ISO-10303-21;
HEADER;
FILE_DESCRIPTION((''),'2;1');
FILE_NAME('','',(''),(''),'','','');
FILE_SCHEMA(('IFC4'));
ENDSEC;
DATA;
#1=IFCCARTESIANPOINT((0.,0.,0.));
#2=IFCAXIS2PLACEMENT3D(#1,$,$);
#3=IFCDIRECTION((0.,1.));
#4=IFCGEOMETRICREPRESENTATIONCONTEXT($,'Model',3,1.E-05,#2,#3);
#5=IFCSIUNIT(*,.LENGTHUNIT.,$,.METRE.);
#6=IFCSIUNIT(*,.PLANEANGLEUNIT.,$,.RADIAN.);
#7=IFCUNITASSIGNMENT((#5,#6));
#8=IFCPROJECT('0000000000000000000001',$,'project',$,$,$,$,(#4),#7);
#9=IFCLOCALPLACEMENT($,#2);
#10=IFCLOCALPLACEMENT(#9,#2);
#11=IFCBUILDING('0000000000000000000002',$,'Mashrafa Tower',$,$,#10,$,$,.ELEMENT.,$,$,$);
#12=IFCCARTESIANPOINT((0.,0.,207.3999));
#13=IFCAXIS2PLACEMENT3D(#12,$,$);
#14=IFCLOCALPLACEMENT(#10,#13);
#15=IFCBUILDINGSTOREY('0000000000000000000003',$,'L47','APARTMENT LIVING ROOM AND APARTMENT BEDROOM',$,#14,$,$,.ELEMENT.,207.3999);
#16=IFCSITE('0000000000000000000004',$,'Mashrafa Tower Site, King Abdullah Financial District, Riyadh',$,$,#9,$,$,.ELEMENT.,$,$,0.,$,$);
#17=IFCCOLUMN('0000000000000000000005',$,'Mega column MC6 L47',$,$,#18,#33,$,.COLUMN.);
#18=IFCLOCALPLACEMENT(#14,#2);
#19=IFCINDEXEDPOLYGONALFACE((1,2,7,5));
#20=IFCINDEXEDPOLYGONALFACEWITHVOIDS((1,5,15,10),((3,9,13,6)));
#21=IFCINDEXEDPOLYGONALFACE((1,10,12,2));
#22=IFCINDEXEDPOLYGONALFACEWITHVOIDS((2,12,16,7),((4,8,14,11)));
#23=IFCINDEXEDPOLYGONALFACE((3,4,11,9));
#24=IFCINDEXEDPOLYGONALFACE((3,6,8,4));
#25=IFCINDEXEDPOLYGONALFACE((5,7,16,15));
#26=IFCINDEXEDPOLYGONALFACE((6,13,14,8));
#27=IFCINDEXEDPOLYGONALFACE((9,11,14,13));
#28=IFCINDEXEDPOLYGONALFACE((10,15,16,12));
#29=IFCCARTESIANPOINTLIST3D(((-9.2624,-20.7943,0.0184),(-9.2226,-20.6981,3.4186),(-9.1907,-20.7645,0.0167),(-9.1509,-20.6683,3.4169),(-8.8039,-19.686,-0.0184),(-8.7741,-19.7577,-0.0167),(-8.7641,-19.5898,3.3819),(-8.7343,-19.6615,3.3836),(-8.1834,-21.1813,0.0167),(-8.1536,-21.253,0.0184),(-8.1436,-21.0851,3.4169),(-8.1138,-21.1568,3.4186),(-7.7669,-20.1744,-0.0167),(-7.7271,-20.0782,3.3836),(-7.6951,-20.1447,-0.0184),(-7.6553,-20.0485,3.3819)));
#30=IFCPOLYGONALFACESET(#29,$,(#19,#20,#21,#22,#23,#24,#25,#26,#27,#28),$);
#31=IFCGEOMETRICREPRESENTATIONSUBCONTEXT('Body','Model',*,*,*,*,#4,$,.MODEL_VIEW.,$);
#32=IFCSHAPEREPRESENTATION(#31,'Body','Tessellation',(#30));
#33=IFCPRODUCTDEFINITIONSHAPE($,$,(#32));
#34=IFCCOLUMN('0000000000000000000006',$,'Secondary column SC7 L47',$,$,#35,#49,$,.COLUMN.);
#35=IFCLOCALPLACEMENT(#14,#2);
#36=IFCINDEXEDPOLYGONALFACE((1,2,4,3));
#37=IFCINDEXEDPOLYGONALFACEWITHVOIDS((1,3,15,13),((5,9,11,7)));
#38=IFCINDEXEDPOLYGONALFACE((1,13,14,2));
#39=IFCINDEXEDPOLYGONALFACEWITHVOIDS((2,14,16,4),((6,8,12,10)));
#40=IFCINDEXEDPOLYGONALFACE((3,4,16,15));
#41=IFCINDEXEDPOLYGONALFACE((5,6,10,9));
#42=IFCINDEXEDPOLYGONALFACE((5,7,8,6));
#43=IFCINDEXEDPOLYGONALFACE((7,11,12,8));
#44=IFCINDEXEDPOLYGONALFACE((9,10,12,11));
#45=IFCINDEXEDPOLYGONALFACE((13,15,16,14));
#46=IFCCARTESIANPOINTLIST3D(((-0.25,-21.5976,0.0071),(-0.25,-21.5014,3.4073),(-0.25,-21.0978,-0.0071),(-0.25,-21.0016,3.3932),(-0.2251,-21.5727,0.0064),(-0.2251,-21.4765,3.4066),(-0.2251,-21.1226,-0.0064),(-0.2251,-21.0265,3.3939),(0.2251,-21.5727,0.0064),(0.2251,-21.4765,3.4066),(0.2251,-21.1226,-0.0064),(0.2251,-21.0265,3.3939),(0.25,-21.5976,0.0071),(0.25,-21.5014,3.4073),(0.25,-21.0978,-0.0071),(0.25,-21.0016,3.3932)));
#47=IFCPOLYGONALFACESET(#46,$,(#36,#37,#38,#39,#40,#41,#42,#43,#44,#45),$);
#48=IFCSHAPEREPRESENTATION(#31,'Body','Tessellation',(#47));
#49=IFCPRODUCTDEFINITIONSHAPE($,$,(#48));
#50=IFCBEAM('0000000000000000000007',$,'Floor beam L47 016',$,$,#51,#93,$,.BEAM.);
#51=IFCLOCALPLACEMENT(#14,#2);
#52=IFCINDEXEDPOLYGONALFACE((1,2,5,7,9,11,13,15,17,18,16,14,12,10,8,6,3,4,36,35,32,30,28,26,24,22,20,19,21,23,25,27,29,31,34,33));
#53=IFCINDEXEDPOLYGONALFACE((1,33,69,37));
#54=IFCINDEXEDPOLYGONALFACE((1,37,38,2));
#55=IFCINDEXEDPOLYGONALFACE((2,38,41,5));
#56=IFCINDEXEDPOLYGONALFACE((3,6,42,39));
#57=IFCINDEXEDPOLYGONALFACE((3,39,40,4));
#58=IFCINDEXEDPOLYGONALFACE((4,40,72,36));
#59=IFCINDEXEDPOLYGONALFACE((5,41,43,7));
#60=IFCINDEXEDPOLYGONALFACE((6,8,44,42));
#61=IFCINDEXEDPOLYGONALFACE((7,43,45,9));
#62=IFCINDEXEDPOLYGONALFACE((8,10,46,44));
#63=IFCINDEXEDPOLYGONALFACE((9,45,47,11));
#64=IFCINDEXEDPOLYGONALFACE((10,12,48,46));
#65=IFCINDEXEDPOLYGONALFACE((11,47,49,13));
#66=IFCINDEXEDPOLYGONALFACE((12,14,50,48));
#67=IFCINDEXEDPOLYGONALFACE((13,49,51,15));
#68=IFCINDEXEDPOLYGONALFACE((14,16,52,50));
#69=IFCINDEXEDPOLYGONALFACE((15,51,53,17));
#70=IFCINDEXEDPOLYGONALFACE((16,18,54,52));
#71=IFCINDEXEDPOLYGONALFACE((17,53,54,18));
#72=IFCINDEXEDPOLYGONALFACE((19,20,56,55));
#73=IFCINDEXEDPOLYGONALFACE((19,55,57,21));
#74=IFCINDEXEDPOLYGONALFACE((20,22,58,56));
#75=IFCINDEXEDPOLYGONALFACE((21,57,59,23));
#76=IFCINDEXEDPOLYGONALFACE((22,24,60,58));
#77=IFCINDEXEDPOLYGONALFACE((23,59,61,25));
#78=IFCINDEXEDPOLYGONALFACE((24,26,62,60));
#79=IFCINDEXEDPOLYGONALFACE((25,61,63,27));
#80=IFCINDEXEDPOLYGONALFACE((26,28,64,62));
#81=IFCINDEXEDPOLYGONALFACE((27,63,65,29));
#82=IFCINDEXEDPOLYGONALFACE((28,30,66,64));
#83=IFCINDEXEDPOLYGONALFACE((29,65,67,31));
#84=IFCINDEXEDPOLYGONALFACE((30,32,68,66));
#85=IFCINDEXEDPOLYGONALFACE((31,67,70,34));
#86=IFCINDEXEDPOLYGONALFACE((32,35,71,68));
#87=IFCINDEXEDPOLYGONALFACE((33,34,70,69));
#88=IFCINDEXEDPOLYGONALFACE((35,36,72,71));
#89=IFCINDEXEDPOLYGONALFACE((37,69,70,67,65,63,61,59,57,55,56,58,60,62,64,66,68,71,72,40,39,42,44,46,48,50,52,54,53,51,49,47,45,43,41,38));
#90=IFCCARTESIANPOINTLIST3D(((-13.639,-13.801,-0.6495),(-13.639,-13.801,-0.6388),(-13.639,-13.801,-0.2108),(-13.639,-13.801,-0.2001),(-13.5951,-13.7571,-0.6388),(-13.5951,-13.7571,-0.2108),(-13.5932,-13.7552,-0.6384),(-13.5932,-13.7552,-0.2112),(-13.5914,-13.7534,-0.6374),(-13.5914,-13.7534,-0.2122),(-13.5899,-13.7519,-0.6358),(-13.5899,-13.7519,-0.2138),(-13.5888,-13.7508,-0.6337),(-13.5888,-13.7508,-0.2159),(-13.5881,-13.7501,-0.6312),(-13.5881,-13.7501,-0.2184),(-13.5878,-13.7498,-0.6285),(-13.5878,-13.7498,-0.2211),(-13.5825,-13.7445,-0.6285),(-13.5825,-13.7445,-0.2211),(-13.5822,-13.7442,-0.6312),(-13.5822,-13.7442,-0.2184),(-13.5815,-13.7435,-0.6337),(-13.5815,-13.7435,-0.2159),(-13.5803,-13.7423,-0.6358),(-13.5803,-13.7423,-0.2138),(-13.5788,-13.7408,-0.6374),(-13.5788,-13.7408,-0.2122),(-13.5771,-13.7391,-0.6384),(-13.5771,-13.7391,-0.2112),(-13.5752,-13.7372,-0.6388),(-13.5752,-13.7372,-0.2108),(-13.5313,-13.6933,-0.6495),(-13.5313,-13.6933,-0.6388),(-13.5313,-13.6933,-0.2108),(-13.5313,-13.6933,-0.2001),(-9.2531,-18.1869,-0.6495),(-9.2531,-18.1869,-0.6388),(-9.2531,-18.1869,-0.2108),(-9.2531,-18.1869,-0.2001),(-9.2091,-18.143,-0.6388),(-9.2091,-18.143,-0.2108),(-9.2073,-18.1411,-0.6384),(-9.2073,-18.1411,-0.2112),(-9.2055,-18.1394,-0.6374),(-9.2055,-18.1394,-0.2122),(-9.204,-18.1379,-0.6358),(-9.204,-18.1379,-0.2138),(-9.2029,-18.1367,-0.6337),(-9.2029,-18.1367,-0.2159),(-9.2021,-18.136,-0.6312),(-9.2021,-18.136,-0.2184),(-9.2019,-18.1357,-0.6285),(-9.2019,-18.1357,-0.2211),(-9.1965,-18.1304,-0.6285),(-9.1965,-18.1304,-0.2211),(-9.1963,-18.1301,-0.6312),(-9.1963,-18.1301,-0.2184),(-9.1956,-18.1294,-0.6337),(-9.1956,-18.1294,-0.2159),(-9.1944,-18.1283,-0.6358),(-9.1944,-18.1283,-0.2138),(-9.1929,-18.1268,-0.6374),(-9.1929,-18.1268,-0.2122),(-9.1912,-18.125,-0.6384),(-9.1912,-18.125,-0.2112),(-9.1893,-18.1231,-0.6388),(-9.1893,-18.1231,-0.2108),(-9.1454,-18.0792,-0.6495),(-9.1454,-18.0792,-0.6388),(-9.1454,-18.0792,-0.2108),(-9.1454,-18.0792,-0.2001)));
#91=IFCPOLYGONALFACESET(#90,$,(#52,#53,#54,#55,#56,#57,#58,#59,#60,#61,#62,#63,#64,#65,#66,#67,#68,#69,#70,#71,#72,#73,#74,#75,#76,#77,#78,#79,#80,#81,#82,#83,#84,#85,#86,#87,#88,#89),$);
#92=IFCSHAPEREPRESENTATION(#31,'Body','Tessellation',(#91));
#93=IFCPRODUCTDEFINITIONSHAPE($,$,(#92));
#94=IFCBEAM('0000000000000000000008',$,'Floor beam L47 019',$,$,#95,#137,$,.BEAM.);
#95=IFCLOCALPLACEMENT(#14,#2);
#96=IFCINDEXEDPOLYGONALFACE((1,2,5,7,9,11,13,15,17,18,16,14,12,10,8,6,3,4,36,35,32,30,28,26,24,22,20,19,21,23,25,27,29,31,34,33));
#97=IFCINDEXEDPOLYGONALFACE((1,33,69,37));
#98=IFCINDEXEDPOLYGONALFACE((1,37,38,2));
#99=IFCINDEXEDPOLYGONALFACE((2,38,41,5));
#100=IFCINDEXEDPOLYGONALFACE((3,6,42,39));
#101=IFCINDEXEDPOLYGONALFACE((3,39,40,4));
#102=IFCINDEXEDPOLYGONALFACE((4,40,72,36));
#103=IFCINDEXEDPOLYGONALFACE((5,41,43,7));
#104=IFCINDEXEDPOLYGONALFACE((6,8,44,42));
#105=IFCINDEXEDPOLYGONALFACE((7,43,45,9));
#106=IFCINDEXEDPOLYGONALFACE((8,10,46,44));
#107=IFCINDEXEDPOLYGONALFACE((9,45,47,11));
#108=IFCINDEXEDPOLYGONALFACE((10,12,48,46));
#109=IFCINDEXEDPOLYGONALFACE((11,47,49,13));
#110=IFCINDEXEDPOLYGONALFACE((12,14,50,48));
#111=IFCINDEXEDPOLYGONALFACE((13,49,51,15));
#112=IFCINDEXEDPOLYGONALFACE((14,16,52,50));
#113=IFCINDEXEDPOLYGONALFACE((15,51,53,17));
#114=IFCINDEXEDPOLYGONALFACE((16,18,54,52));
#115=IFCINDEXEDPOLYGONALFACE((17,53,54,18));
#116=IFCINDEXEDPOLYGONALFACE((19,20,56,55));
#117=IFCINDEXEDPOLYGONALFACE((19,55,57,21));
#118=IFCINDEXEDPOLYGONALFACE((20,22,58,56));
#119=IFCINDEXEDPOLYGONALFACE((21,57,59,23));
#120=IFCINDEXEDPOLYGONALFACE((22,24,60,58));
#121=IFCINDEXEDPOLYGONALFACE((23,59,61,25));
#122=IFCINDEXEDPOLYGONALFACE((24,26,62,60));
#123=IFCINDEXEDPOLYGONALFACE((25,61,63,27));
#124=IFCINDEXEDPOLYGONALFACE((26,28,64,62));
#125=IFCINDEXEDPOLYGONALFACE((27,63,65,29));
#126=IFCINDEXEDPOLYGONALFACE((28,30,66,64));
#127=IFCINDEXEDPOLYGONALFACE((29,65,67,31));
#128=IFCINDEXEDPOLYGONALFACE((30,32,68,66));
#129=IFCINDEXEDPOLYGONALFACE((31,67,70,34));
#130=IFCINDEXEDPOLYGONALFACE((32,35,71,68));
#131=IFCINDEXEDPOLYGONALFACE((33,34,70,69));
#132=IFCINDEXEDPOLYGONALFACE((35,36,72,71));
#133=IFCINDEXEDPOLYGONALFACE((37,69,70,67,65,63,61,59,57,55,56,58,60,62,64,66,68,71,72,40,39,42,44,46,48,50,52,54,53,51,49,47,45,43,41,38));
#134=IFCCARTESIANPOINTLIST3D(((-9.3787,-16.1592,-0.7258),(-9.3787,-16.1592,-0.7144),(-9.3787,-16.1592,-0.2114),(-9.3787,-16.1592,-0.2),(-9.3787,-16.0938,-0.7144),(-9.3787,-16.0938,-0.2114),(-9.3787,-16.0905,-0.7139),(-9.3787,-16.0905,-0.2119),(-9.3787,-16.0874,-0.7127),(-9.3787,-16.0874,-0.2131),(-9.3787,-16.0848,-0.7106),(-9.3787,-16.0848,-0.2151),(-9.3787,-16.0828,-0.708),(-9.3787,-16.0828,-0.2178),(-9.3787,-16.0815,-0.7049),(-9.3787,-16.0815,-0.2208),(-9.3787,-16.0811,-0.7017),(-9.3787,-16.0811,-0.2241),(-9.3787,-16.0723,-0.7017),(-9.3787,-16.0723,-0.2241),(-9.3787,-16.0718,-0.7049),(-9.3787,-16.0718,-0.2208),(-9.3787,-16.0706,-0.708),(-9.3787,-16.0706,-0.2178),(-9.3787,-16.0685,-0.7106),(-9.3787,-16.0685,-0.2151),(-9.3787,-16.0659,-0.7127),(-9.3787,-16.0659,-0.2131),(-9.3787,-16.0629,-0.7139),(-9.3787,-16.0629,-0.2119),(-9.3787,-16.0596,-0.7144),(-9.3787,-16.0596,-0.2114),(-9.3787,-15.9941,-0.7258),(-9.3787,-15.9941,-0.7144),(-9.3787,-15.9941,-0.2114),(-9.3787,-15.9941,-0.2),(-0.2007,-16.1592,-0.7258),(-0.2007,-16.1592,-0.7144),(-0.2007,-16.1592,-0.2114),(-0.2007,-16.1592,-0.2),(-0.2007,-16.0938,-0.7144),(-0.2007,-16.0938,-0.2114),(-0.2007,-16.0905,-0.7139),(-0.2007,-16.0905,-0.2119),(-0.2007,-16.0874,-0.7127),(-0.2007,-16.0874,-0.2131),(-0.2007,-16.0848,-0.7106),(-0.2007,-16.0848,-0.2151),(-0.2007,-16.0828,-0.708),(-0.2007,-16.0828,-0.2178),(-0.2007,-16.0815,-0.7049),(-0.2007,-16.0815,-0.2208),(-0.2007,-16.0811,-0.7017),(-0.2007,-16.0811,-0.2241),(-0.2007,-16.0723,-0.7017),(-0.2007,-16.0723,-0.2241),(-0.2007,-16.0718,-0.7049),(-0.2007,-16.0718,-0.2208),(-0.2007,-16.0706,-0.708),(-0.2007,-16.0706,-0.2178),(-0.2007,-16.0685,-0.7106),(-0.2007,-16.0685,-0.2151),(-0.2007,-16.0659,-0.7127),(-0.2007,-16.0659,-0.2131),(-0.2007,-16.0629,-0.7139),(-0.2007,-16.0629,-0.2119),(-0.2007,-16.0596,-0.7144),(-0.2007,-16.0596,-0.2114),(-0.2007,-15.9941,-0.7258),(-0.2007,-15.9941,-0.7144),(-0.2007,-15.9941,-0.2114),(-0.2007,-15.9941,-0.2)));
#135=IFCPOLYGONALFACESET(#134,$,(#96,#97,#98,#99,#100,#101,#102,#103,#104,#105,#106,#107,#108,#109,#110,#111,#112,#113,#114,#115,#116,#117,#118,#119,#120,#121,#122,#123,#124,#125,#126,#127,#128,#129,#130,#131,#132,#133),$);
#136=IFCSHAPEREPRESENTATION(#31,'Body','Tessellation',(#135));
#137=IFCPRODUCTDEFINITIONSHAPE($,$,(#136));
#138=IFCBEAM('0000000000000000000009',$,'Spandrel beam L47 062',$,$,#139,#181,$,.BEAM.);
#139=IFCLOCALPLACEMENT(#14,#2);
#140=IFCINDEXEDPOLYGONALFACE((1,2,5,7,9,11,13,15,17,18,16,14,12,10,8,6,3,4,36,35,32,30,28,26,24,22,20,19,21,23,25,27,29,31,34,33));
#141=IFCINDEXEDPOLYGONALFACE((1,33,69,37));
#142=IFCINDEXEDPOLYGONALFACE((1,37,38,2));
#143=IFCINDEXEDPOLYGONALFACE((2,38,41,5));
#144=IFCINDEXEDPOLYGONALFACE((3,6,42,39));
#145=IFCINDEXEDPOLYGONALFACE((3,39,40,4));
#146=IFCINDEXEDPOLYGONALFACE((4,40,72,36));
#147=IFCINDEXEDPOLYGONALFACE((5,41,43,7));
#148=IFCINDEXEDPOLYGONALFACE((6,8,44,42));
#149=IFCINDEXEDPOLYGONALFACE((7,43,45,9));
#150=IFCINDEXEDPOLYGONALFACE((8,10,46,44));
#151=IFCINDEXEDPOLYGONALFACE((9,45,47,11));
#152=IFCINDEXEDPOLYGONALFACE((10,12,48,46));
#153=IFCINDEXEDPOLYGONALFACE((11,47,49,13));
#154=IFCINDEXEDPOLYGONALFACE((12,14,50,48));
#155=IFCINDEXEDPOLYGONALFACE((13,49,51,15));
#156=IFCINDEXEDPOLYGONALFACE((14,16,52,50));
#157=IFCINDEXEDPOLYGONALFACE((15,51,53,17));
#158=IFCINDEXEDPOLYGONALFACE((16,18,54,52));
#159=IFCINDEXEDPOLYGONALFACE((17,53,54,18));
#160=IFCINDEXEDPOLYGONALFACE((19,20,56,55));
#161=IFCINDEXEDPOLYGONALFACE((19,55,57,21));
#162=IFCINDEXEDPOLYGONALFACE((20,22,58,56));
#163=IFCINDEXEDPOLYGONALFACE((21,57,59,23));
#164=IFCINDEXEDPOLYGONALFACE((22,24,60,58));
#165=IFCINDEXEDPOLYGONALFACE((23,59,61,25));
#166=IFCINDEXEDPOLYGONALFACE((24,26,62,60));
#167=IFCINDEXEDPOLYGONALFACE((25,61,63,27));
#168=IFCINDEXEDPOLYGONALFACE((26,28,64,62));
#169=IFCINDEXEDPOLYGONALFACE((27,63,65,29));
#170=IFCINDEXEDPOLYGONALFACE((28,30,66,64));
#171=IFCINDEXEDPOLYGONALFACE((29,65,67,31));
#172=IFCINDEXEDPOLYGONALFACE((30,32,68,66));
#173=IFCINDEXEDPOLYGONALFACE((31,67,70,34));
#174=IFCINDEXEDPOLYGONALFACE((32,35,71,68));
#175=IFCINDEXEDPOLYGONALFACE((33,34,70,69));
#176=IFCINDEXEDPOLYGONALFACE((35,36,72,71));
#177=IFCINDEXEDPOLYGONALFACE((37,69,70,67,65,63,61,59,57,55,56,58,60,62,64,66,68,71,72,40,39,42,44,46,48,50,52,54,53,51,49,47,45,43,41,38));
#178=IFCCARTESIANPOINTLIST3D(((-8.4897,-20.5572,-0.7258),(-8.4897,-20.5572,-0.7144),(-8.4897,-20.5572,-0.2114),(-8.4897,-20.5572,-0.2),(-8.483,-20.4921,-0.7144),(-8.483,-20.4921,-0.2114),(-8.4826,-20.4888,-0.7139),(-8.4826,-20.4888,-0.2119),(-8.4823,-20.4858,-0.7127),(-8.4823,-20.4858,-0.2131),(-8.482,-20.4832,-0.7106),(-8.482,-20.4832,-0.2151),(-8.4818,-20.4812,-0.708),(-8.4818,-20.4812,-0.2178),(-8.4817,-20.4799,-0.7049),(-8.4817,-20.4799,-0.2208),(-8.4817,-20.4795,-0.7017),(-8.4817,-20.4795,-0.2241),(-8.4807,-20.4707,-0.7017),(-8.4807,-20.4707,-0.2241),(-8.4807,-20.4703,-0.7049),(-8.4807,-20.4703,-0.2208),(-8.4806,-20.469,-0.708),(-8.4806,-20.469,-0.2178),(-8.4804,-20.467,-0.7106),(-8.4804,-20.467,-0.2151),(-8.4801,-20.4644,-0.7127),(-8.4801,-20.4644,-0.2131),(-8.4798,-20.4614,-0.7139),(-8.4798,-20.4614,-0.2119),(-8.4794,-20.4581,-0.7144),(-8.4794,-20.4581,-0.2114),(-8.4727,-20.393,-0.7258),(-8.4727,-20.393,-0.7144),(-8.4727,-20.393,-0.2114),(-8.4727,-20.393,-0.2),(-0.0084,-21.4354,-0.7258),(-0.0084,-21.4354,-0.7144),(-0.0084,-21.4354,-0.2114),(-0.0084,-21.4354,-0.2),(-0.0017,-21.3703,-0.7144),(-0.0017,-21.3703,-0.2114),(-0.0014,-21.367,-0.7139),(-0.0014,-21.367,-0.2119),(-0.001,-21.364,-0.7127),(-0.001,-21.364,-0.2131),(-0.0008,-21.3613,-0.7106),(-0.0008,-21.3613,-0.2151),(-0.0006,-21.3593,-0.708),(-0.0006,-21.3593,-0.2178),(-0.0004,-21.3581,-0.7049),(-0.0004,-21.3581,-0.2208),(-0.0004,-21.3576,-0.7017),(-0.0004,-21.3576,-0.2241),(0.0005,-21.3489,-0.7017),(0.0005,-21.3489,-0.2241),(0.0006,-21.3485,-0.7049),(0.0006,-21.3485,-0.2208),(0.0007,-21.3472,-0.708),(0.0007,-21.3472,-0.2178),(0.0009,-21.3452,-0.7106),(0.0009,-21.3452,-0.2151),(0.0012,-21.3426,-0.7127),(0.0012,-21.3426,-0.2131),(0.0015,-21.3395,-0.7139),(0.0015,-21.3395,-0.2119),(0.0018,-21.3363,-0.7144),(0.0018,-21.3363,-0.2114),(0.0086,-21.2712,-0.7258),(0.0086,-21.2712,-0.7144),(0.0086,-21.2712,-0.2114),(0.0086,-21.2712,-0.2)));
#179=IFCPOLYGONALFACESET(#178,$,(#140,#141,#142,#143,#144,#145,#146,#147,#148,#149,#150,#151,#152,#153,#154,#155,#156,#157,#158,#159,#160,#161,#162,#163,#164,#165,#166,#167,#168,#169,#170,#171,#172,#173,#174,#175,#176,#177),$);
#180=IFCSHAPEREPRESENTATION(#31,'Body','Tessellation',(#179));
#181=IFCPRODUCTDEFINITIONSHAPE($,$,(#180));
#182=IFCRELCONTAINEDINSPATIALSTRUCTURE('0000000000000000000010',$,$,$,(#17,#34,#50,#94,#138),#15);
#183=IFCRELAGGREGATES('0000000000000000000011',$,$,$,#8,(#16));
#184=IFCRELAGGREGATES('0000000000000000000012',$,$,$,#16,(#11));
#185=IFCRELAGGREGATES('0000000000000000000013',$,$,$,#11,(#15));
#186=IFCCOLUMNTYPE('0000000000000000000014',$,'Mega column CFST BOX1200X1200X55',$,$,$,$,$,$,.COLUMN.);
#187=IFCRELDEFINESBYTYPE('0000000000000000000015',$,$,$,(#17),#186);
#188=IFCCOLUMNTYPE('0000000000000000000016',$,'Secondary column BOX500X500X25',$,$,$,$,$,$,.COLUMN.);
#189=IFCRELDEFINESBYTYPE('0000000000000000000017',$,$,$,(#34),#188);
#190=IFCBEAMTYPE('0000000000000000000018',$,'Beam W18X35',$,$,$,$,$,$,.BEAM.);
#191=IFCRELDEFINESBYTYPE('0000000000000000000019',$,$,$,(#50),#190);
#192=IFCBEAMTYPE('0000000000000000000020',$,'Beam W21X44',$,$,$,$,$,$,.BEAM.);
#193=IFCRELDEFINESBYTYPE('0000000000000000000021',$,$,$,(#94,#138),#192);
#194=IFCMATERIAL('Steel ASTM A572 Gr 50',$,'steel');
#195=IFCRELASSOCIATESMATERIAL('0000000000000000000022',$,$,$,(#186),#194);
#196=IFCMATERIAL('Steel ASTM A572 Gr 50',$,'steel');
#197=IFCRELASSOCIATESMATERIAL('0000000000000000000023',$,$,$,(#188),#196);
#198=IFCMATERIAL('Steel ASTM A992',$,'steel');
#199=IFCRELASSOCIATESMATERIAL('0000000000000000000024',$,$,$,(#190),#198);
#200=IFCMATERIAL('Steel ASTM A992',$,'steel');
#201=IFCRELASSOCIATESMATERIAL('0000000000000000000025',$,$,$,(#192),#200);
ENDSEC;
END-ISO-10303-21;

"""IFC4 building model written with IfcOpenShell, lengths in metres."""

from ifc_helpers import new_model, si_unit, direction, frame, origin, origin_2d, place, context, subcontext, project, spatial, hollow_rectangle, i_section, extrude, material, material_profile, profile_set, type_object, element, save


model = new_model("IFC4")

# Units and contexts
model_context = context("Model", 3, precision=1e-05, world=origin(), true_north=direction((0.0, 1.0)))
body_context = subcontext(model_context, "Body", "Model", "MODEL_VIEW")
ifc_project = project(units=[si_unit("LENGTHUNIT", "METRE"), si_unit("PLANEANGLEUNIT", "RADIAN")], contexts=[model_context])

# Site, building, storey
site_placement = place(None, origin())
site = spatial("IfcSite", under=ifc_project, at=site_placement, Name="Mashrafa Tower Site, King Abdullah Financial District, Riyadh", CompositionType="ELEMENT", RefElevation=0.0)
building_placement = place(site_placement, origin())
building = spatial("IfcBuilding", under=site, at=building_placement, Name="Mashrafa Tower", CompositionType="ELEMENT")
storey_placement = place(building_placement, frame((0.0, 0.0, 207.3999)))
storey = spatial("IfcBuildingStorey", under=building, at=storey_placement, Name="L47", Description="APARTMENT LIVING ROOM AND APARTMENT BEDROOM", CompositionType="ELEMENT", Elevation=207.3999)

# Columns
ifc_material_1 = material(Name="Steel ASTM A572 Gr 50", Category="steel")
ifc_material_profile_1 = material_profile(ifc_material_1, hollow_rectangle(XDim=1.2, YDim=1.2, WallThickness=0.0549, at=origin_2d()), Name="BOX1200X1200X55")
ifc_profile_set_1 = profile_set([ifc_material_profile_1], Name="Steel ASTM A572 Gr 50")
column_type_1 = type_object("IfcColumnType", Name="Mega column CFST BOX1200X1200X55", PredefinedType="COLUMN", material=ifc_profile_set_1)
column_1_placement = place(storey_placement, frame((-8.4788, -20.4695, 0.0), z_axis=(0.011698, 0.028277, 0.999532), x_axis=(-0.924045, 0.382283, 0.0)))
element("IfcColumn", 1, at=column_1_placement, inside=storey, type_object=column_type_1, Name="Mega column MC6 L47", PredefinedType="COLUMN", context=body_context, shape_type="SweptSolid", body=[
    extrude(hollow_rectangle(XDim=1.2, YDim=1.2, WallThickness=0.0549, at=origin_2d()), origin(), (0.0, 0.0, 1.0), 3.4019),
])
ifc_material_2 = material(Name="Steel ASTM A572 Gr 50", Category="steel")
ifc_material_profile_2 = material_profile(ifc_material_2, hollow_rectangle(XDim=0.5, YDim=0.5, WallThickness=0.0249, at=origin_2d()), Name="BOX500X500X25")
ifc_profile_set_2 = profile_set([ifc_material_profile_2], Name="Steel ASTM A572 Gr 50")
column_type_2 = type_object("IfcColumnType", Name="Secondary column BOX500X500X25", PredefinedType="COLUMN", material=ifc_profile_set_2)
column_2_placement = place(storey_placement, frame((0.0, -21.3477, 0.0), z_axis=(0.0, 0.028279, 0.9996), x_axis=(-1.0, 0.0, 0.0)))
element("IfcColumn", 2, at=column_2_placement, inside=storey, type_object=column_type_2, Name="Secondary column SC7 L47", PredefinedType="COLUMN", context=body_context, shape_type="SweptSolid", body=[
    extrude(hollow_rectangle(XDim=0.5, YDim=0.5, WallThickness=0.0249, at=origin_2d()), origin(), (0.0, 0.0, 1.0), 3.4016),
])

# Beams
ifc_material_3 = material(Name="Steel ASTM A992", Category="steel")
ifc_material_profile_3 = material_profile(ifc_material_3, i_section(OverallWidth=0.1523, OverallDepth=0.4495, WebThickness=0.0076, FlangeThickness=0.0107, FilletRadius=0.0103, at=origin_2d()), Name="W18X35")
ifc_profile_set_3 = profile_set([ifc_material_profile_3], Name="Steel ASTM A992")
beam_type_1 = type_object("IfcBeamType", Name="Beam W18X35", PredefinedType="BEAM", material=ifc_profile_set_3)
beam_1_placement = place(storey_placement, frame((-9.1992, -18.1331, -0.4248), z_axis=(-0.707107, 0.707107, 0.0), x_axis=(-0.707107, -0.707107, 0.0)))
element("IfcBeam", 3, at=beam_1_placement, inside=storey, type_object=beam_type_1, Name="Floor beam L47 016", PredefinedType="BEAM", context=body_context, shape_type="SweptSolid", body=[
    extrude(i_section(OverallWidth=0.1523, OverallDepth=0.4495, WebThickness=0.0076, FlangeThickness=0.0107, FilletRadius=0.0103, at=origin_2d()), origin(), (0.0, 0.0, 1.0), 6.2026),
])
ifc_material_4 = material(Name="Steel ASTM A992", Category="steel")
ifc_material_profile_4 = material_profile(ifc_material_4, i_section(OverallWidth=0.165, OverallDepth=0.5259, WebThickness=0.0088, FlangeThickness=0.0115, FilletRadius=0.0127, at=origin_2d()), Name="W21X44")
ifc_profile_set_4 = profile_set([ifc_material_profile_4], Name="Steel ASTM A992")
beam_type_2 = type_object("IfcBeamType", Name="Beam W21X44", PredefinedType="BEAM", material=ifc_profile_set_4)
beam_2_placement = place(storey_placement, frame((-0.2007, -16.0767, -0.4629), z_axis=(-1.0, 0.0, 0.0), x_axis=(0.0, -1.0, 0.0)))
element("IfcBeam", 4, at=beam_2_placement, inside=storey, type_object=beam_type_2, Name="Floor beam L47 019", PredefinedType="BEAM", context=body_context, shape_type="SweptSolid", body=[
    extrude(i_section(OverallWidth=0.165, OverallDepth=0.5259, WebThickness=0.0088, FlangeThickness=0.0115, FilletRadius=0.0127, at=origin_2d()), origin(), (0.0, 0.0, 1.0), 9.178),
])
beam_3_placement = place(storey_placement, frame((-8.4812, -20.4751, -0.4629), z_axis=(0.994682, -0.102993, 0.0), x_axis=(0.102993, 0.994682, 0.0)))
element("IfcBeam", 5, at=beam_3_placement, inside=storey, type_object=beam_type_2, Name="Spandrel beam L47 062", PredefinedType="BEAM", context=body_context, shape_type="SweptSolid", body=[
    extrude(i_section(OverallWidth=0.165, OverallDepth=0.5259, WebThickness=0.0088, FlangeThickness=0.0115, FilletRadius=0.0127, at=origin_2d()), origin(), (0.0, 0.0, 1.0), 8.5266),
])

save(model, "model.ifc")
